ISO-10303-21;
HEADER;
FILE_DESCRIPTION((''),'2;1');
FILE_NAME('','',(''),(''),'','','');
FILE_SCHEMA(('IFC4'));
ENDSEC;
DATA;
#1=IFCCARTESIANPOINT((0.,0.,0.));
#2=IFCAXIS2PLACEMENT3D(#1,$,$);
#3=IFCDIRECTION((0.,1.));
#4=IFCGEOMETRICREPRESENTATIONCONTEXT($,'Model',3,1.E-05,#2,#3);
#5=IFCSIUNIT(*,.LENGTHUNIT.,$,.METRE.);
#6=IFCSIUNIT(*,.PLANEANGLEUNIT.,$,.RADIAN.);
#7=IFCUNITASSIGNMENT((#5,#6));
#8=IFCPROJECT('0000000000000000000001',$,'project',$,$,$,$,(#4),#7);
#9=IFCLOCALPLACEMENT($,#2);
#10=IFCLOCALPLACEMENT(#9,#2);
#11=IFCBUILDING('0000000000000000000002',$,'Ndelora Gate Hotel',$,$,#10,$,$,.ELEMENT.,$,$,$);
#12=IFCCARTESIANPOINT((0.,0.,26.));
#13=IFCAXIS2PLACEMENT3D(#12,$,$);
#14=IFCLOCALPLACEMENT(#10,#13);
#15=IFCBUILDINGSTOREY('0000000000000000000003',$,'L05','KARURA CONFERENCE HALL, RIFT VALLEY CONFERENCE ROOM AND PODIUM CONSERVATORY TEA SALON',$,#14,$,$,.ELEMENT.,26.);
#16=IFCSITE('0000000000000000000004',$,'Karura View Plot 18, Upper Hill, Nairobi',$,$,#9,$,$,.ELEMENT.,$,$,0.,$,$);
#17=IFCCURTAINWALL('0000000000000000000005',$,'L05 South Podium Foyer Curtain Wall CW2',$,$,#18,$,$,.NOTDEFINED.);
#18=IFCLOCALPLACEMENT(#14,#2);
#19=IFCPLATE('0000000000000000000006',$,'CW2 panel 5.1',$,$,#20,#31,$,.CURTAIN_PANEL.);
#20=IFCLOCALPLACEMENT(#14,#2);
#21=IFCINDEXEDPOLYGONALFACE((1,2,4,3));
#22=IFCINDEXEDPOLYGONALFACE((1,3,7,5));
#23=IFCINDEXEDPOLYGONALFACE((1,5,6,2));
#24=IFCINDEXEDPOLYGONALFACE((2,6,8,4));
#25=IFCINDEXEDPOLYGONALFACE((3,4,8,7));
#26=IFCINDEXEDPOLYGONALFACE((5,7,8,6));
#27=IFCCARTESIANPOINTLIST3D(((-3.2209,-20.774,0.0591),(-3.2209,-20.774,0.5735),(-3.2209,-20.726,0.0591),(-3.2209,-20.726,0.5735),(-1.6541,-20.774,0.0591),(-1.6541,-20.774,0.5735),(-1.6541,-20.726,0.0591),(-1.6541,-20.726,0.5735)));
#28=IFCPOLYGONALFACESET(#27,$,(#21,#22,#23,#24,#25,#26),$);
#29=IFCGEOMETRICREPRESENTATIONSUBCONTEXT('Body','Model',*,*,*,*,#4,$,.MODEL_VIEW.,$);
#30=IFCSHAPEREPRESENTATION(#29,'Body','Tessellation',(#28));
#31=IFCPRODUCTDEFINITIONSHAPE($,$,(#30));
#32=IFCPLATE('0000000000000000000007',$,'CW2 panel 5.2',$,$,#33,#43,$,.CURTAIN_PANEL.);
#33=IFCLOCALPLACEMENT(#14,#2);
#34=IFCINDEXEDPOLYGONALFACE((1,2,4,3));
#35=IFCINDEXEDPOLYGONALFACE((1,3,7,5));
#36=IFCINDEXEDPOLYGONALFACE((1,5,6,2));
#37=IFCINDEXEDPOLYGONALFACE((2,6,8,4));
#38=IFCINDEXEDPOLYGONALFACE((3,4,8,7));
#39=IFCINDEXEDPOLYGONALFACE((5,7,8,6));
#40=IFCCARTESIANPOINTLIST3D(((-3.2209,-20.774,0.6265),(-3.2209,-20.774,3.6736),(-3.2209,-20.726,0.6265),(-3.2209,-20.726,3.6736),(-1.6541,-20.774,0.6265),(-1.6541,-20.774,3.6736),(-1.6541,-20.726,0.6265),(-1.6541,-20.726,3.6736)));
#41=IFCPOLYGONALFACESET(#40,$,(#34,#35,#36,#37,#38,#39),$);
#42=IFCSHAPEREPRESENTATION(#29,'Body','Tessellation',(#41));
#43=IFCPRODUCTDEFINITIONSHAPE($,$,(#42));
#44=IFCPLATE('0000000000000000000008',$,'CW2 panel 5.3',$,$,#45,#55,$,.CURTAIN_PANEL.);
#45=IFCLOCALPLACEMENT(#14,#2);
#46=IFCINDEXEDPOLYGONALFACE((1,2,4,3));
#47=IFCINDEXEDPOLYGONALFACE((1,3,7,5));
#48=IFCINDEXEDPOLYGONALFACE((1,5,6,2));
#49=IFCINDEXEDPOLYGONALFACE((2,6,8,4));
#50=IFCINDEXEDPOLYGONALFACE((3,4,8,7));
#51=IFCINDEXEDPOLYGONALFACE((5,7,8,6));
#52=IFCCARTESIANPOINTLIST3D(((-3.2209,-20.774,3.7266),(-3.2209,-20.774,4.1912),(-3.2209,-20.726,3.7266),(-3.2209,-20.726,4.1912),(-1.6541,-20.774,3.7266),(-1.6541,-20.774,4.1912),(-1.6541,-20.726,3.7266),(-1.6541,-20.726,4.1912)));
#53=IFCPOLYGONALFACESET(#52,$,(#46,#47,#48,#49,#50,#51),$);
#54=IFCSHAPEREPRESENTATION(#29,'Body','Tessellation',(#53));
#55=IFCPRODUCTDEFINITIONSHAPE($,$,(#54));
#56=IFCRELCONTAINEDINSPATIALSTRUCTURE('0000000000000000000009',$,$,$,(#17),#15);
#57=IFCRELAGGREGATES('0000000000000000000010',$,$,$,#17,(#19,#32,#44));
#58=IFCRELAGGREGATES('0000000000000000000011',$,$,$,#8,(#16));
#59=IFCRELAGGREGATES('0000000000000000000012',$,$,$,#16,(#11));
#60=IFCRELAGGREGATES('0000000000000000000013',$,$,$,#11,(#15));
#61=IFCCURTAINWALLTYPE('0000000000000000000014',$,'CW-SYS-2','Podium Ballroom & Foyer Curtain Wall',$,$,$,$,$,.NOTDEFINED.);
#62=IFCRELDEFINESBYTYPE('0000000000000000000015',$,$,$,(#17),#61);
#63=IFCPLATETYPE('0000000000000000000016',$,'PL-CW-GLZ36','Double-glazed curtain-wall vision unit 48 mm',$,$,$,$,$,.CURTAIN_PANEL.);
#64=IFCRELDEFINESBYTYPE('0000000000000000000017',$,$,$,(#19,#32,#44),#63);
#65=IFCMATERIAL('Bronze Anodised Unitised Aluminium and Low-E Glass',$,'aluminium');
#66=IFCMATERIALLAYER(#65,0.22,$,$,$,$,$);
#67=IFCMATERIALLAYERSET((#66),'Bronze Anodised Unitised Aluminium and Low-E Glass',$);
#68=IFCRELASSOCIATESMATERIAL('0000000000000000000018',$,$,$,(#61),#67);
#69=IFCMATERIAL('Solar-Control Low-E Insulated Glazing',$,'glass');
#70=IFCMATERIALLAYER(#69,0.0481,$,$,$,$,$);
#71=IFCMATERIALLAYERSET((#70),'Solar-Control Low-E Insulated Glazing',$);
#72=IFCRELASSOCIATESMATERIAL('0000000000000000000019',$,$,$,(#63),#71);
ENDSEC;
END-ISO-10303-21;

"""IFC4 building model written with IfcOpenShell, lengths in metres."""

from ifc_helpers import new_model, si_unit, direction, frame, origin, origin_2d, place, context, subcontext, project, spatial, rectangle, extrude, material, layer, layer_set, type_object, element, aggregate, save


model = new_model("IFC4")

# Units and contexts
model_context = context("Model", 3, precision=1e-05, world=origin(), true_north=direction((0.0, 1.0)))
body_context = subcontext(model_context, "Body", "Model", "MODEL_VIEW")
ifc_project = project(units=[si_unit("LENGTHUNIT", "METRE"), si_unit("PLANEANGLEUNIT", "RADIAN")], contexts=[model_context])

# Site, building, storey
site_placement = place(None, origin())
site = spatial("IfcSite", under=ifc_project, at=site_placement, Name="Karura View Plot 18, Upper Hill, Nairobi", CompositionType="ELEMENT", RefElevation=0.0)
building_placement = place(site_placement, origin())
building = spatial("IfcBuilding", under=site, at=building_placement, Name="Ndelora Gate Hotel", CompositionType="ELEMENT")
storey_placement = place(building_placement, frame((0.0, 0.0, 26.0)))
storey = spatial("IfcBuildingStorey", under=building, at=storey_placement, Name="L05", Description="KARURA CONFERENCE HALL, RIFT VALLEY CONFERENCE ROOM AND PODIUM CONSERVATORY TEA SALON", CompositionType="ELEMENT", Elevation=26.0)

# Curtain wall, plates
ifc_material_1 = material(Name="Bronze Anodised Unitised Aluminium and Low-E Glass", Category="aluminium")
ifc_layer_1 = layer(ifc_material_1, 0.22)
ifc_layer_set_1 = layer_set([ifc_layer_1], Name="Bronze Anodised Unitised Aluminium and Low-E Glass")
curtain_wall_type = type_object("IfcCurtainWallType", Name="CW-SYS-2", Description="Podium Ballroom & Foyer Curtain Wall", PredefinedType="NOTDEFINED", material=ifc_layer_set_1)
curtain_wall_placement = place(storey_placement, origin())
curtain_wall = element("IfcCurtainWall", 1, at=curtain_wall_placement, inside=storey, type_object=curtain_wall_type, Name="L05 South Podium Foyer Curtain Wall CW2", PredefinedType="NOTDEFINED")
ifc_material_2 = material(Name="Solar-Control Low-E Insulated Glazing", Category="glass")
ifc_layer_2 = layer(ifc_material_2, 0.0481)
ifc_layer_set_2 = layer_set([ifc_layer_2], Name="Solar-Control Low-E Insulated Glazing")
plate_type = type_object("IfcPlateType", Name="PL-CW-GLZ36", Description="Double-glazed curtain-wall vision unit 48 mm", PredefinedType="CURTAIN_PANEL", material=ifc_layer_set_2)
plate_1_placement = place(storey_placement, frame((-2.4375, -20.75, 0.0591), z_axis=(0.0, 0.0, 1.0), x_axis=(1.0, 0.0, 0.0)))
plate_1 = element("IfcPlate", 2, at=plate_1_placement, type_object=plate_type, Name="CW2 panel 5.1", PredefinedType="CURTAIN_PANEL", context=body_context, shape_type="SweptSolid", body=[
    extrude(rectangle(XDim=1.5669, YDim=0.0481, at=origin_2d()), origin(), (0.0, 0.0, 1.0), 0.5144),
])
plate_2_placement = place(storey_placement, frame((-2.4375, -20.75, 0.6265), z_axis=(0.0, 0.0, 1.0), x_axis=(1.0, 0.0, 0.0)))
plate_2 = element("IfcPlate", 3, at=plate_2_placement, type_object=plate_type, Name="CW2 panel 5.2", PredefinedType="CURTAIN_PANEL", context=body_context, shape_type="SweptSolid", body=[
    extrude(rectangle(XDim=1.5669, YDim=0.0481, at=origin_2d()), origin(), (0.0, 0.0, 1.0), 3.0471),
])
plate_3_placement = place(storey_placement, frame((-2.4375, -20.75, 3.7266), z_axis=(0.0, 0.0, 1.0), x_axis=(1.0, 0.0, 0.0)))
plate_3 = element("IfcPlate", 4, at=plate_3_placement, type_object=plate_type, Name="CW2 panel 5.3", PredefinedType="CURTAIN_PANEL", context=body_context, shape_type="SweptSolid", body=[
    extrude(rectangle(XDim=1.5669, YDim=0.0481, at=origin_2d()), origin(), (0.0, 0.0, 1.0), 0.4646),
])
aggregate(curtain_wall, [plate_1, plate_2, plate_3])

save(model, "model.ifc")
